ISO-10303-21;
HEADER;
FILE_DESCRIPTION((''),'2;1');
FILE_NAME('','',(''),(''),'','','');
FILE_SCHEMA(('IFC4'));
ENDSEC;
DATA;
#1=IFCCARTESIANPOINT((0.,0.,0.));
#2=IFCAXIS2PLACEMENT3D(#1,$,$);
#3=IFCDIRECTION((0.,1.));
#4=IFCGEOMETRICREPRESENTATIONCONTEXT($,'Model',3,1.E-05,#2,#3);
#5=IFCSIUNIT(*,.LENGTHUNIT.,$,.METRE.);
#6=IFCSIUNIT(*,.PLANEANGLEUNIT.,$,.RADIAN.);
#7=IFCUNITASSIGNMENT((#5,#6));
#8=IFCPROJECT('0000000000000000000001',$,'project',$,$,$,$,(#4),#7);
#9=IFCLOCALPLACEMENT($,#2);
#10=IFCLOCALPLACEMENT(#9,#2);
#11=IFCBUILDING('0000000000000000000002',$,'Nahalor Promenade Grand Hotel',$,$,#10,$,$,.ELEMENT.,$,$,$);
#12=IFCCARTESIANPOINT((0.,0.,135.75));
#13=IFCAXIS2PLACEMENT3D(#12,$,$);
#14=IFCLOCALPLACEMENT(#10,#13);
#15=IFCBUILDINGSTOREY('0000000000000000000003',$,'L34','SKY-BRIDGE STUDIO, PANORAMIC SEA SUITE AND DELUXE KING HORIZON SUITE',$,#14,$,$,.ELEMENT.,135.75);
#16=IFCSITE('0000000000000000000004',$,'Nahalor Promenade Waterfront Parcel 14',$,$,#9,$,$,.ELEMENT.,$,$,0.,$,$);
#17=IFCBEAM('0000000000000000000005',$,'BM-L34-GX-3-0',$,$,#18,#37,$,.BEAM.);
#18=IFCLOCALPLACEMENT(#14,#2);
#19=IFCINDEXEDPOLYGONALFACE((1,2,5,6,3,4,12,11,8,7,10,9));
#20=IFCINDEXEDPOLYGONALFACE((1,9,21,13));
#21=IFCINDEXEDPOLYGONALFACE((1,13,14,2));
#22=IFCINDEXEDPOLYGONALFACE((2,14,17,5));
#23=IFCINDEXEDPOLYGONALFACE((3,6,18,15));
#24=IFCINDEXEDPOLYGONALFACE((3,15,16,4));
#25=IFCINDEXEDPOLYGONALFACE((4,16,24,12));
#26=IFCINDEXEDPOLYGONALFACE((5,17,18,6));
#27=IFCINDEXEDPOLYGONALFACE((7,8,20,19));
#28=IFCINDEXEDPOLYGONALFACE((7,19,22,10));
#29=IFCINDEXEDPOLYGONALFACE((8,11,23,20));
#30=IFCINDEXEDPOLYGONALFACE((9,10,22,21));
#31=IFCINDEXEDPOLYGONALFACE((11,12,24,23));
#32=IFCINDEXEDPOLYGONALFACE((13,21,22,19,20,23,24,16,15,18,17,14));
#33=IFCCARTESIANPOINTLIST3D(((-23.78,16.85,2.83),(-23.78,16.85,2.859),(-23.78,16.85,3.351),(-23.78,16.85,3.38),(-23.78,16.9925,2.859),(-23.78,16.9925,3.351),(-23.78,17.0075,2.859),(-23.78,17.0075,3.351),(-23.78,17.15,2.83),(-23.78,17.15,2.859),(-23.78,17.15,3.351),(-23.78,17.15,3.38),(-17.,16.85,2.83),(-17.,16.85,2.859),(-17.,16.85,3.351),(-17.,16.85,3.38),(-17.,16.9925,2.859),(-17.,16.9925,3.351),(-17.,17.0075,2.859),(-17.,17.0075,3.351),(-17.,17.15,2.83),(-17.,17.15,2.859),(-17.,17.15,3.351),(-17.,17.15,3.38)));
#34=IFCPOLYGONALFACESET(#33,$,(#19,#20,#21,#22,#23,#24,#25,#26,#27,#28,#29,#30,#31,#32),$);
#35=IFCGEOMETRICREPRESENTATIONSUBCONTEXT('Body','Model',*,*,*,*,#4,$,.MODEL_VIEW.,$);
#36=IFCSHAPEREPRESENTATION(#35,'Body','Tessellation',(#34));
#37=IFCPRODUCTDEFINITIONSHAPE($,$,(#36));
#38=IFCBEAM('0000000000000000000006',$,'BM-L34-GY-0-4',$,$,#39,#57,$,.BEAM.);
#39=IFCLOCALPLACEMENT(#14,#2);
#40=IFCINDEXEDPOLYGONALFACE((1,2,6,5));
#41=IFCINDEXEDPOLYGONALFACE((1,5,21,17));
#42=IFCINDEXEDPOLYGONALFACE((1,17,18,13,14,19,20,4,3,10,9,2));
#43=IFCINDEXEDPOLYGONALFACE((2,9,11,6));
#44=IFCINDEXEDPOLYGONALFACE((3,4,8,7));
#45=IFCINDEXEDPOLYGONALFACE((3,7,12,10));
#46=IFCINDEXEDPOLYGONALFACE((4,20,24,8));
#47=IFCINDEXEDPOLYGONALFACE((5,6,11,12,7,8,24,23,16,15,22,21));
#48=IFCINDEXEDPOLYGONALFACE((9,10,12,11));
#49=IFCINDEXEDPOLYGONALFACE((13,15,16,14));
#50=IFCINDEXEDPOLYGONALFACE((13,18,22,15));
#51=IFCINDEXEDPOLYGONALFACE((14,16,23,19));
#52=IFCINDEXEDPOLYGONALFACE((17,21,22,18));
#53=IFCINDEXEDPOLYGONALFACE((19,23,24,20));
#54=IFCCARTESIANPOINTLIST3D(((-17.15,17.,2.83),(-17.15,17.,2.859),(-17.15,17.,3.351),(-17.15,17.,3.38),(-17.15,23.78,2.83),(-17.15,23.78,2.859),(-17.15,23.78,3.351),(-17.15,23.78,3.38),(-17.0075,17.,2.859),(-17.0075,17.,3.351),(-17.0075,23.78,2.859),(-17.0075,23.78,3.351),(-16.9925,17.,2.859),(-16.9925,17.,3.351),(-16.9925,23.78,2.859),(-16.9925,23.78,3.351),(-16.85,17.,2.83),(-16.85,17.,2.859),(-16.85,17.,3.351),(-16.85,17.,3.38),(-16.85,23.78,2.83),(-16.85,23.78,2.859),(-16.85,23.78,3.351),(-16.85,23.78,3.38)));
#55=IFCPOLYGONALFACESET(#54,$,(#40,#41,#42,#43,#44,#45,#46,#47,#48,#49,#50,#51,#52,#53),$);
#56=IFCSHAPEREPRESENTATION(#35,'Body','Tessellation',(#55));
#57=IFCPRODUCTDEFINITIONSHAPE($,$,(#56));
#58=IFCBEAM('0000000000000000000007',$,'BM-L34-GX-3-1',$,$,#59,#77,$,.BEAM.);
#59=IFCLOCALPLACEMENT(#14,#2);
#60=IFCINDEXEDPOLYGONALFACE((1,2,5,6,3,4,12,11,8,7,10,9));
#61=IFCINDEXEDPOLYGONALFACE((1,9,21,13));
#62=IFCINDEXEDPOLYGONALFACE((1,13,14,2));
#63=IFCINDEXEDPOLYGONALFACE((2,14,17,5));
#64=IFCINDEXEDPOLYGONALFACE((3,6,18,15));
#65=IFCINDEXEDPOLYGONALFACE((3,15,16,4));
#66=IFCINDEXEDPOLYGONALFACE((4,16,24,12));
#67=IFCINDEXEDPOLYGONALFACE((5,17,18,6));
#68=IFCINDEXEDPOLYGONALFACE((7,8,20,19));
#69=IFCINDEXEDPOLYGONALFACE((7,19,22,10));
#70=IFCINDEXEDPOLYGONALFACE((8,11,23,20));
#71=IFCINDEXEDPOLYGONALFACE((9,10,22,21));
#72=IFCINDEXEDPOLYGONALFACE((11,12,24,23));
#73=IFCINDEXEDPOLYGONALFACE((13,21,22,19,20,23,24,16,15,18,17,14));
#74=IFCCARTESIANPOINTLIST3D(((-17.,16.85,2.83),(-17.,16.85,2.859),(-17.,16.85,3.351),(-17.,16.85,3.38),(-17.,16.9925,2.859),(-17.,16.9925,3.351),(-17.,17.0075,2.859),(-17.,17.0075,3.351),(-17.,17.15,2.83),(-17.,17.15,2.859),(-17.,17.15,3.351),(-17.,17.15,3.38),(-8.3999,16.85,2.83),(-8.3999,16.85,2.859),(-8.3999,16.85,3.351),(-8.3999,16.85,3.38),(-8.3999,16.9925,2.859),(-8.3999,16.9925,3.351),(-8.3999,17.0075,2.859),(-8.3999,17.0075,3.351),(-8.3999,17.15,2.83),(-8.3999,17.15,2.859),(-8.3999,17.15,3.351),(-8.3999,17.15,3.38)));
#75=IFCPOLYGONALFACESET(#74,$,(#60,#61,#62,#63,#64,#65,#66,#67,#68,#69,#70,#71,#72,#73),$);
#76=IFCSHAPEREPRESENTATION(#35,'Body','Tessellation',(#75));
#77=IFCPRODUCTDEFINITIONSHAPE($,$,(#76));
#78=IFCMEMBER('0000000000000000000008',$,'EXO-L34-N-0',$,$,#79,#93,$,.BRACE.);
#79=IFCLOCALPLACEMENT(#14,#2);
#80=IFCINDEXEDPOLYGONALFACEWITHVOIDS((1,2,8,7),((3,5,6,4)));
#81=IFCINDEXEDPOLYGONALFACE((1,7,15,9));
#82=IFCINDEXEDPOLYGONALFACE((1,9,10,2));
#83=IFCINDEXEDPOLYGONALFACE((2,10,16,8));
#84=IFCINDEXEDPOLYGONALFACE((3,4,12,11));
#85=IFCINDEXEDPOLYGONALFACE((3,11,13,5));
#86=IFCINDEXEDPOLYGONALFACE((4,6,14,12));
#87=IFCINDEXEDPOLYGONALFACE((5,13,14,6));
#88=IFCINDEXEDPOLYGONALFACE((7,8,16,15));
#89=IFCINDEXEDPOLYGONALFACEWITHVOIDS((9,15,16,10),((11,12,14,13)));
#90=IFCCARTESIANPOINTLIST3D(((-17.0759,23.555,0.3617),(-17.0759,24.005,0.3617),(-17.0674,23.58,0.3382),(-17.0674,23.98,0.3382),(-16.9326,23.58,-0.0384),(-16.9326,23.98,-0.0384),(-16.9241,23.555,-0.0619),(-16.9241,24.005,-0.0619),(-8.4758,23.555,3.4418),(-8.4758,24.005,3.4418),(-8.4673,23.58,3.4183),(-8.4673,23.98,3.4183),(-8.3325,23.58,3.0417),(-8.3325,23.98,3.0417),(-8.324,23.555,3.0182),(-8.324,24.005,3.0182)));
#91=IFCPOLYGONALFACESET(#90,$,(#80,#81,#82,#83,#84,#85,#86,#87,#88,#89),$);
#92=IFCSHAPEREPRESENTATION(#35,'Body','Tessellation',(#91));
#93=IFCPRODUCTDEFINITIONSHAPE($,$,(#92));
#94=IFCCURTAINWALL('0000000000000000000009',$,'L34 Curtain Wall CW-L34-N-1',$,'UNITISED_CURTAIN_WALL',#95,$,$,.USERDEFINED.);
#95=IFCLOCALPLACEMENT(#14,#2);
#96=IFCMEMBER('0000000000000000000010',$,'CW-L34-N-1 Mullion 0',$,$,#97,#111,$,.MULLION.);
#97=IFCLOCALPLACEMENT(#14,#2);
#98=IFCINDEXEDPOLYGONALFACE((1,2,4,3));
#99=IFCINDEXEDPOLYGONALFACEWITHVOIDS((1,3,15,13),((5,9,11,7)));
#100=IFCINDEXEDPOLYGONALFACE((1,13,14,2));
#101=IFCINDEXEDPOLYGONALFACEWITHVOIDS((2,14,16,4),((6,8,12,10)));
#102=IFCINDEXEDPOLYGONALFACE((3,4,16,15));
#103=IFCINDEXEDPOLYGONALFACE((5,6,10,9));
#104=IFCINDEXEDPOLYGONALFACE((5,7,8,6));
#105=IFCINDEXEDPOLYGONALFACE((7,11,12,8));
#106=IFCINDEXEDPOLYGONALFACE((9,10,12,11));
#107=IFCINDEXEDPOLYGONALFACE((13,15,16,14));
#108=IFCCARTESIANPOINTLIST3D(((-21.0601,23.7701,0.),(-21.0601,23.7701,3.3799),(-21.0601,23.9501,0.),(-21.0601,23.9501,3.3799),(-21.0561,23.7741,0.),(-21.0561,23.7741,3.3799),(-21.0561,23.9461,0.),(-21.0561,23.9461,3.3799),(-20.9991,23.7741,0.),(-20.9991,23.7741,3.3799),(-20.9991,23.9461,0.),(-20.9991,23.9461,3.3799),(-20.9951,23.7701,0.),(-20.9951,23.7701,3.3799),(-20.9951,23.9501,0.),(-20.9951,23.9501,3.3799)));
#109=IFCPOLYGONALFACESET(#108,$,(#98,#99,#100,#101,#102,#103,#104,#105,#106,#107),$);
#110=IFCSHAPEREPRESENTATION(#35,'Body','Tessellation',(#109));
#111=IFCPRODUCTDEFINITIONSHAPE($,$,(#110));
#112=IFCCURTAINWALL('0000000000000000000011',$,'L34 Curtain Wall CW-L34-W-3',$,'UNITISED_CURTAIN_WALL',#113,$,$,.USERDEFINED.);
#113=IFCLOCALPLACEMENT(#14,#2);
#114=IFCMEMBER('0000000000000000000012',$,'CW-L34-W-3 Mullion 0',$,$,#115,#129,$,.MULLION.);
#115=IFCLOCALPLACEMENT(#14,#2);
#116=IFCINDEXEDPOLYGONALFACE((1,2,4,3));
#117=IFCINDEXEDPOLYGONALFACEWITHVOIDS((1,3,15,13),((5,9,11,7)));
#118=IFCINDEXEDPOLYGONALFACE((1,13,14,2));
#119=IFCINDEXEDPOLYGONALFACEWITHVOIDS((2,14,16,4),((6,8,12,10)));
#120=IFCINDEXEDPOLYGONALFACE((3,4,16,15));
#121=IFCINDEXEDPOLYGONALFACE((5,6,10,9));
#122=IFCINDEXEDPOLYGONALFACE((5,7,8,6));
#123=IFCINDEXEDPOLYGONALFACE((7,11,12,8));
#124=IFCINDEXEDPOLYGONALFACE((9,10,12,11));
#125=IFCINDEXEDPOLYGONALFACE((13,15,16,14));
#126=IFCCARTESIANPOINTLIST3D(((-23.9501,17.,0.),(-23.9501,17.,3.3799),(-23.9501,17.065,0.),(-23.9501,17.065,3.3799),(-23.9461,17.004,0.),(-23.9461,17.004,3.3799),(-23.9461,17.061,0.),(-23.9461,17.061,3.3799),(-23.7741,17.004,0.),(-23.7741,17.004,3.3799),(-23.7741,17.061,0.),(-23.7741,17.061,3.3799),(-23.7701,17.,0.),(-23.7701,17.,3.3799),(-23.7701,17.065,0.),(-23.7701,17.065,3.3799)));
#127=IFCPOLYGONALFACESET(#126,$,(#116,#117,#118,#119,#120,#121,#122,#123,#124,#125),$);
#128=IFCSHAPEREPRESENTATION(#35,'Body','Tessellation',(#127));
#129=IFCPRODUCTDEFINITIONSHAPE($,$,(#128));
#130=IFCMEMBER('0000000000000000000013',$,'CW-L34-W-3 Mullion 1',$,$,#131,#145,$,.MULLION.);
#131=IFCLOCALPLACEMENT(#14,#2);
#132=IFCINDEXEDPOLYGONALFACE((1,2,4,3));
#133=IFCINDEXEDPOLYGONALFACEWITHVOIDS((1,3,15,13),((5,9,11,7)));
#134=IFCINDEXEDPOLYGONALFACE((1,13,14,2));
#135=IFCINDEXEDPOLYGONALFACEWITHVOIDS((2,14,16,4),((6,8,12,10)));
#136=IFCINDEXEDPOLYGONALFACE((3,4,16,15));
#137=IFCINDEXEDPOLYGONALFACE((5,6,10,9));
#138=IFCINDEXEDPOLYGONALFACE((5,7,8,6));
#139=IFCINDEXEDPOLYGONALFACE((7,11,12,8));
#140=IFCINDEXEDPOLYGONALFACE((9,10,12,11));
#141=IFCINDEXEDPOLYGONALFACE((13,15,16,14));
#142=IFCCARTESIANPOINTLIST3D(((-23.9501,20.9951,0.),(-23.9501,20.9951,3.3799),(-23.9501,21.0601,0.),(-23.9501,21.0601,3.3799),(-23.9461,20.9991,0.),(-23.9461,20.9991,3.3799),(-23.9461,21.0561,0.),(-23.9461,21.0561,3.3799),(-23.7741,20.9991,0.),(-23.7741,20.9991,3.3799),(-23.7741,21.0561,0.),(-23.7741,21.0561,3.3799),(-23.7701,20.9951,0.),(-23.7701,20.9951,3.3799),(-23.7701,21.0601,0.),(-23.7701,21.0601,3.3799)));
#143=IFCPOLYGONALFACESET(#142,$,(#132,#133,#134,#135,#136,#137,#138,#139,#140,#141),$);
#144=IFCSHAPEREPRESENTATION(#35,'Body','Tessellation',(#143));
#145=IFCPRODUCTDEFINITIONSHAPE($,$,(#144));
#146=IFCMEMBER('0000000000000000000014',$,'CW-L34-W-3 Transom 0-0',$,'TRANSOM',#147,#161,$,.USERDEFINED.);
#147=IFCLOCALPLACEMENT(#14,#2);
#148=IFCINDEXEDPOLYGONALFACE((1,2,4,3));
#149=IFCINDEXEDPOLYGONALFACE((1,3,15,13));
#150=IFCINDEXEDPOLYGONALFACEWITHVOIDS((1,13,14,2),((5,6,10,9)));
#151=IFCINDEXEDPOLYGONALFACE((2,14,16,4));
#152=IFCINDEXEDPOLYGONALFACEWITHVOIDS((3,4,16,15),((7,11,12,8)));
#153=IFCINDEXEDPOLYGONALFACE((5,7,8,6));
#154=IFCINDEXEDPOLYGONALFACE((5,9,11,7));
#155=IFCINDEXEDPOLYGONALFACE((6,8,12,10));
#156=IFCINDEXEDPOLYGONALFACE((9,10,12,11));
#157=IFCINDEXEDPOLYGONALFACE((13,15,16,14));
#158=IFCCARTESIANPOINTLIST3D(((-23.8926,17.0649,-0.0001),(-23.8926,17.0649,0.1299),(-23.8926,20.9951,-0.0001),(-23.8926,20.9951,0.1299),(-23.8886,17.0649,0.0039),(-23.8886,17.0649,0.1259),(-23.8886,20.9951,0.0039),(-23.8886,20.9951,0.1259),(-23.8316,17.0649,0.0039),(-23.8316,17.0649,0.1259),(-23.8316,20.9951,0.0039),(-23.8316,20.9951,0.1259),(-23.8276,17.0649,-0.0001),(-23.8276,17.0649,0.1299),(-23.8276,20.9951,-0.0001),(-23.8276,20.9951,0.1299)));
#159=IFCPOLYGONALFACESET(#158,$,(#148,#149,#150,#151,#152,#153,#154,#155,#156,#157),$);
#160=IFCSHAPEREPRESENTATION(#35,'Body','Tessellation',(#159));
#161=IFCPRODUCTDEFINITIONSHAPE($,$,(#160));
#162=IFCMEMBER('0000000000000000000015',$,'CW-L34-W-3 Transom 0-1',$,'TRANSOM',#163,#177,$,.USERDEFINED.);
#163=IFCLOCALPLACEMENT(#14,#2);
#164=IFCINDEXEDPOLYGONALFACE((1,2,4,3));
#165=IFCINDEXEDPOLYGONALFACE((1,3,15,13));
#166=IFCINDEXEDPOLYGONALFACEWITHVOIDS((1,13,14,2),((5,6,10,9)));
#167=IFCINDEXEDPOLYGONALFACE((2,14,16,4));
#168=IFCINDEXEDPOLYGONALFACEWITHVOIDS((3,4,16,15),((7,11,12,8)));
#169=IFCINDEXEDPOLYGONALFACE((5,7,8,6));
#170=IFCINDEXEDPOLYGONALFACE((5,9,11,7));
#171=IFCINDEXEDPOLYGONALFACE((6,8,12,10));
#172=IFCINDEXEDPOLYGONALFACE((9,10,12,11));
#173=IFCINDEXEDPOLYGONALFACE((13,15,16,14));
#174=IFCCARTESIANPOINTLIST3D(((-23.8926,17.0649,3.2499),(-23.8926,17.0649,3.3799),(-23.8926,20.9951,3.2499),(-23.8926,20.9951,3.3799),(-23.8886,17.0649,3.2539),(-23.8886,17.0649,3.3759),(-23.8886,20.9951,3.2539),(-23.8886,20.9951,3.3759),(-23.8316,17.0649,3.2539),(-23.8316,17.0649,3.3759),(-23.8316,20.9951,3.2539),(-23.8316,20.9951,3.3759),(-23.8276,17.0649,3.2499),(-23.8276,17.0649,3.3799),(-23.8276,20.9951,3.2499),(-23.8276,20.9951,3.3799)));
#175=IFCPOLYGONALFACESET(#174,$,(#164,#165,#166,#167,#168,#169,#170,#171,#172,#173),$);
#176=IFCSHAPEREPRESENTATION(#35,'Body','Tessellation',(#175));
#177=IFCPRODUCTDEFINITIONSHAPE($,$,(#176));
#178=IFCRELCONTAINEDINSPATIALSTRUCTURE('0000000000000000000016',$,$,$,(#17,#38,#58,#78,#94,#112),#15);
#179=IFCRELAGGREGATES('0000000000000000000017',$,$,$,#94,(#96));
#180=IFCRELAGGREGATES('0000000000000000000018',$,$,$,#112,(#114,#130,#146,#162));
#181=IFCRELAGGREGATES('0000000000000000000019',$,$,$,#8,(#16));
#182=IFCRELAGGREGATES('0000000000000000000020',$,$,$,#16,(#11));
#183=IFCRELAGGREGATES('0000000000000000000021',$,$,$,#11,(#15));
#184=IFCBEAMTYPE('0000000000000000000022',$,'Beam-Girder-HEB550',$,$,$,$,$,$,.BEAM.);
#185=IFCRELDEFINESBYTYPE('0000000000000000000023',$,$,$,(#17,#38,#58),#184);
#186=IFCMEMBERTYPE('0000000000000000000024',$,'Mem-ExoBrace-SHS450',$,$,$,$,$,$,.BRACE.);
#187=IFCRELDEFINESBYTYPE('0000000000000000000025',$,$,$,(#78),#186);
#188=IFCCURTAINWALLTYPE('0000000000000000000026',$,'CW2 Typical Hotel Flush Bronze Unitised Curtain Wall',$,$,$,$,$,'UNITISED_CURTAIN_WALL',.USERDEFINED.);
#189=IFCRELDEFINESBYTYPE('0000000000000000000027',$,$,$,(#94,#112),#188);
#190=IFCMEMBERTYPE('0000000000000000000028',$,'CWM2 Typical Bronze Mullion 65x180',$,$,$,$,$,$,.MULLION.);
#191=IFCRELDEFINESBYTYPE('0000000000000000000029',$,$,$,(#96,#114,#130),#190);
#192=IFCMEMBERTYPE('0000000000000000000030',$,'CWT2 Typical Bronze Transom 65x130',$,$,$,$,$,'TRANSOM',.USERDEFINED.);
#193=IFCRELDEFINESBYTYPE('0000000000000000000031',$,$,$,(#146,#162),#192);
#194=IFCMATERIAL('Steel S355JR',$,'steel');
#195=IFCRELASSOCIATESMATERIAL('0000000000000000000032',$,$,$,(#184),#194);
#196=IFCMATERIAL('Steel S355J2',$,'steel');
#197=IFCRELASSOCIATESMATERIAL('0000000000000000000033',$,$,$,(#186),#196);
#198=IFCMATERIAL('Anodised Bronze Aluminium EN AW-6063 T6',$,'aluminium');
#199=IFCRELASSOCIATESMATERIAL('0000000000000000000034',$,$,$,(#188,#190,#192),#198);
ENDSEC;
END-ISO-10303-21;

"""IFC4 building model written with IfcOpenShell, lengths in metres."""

from ifc_helpers import new_model, si_unit, direction, frame, origin, origin_2d, place, context, subcontext, project, spatial, hollow_rectangle, i_section, extrude, source, transform, mapped, material, material_profile, profile_set, type_object, element, aggregate, save


model = new_model("IFC4")

# Units and contexts
model_context = context("Model", 3, precision=1e-05, world=origin(), true_north=direction((0.0, 1.0)))
body_context = subcontext(model_context, "Body", "Model", "MODEL_VIEW")
ifc_project = project(units=[si_unit("LENGTHUNIT", "METRE"), si_unit("PLANEANGLEUNIT", "RADIAN")], contexts=[model_context])

# Site, building, storey
site_placement = place(None, origin())
site = spatial("IfcSite", under=ifc_project, at=site_placement, Name="Nahalor Promenade Waterfront Parcel 14", CompositionType="ELEMENT", RefElevation=0.0)
building_placement = place(site_placement, origin())
building = spatial("IfcBuilding", under=site, at=building_placement, Name="Nahalor Promenade Grand Hotel", CompositionType="ELEMENT")
storey_placement = place(building_placement, frame((0.0, 0.0, 135.75)))
storey = spatial("IfcBuildingStorey", under=building, at=storey_placement, Name="L34", Description="SKY-BRIDGE STUDIO, PANORAMIC SEA SUITE AND DELUXE KING HORIZON SUITE", CompositionType="ELEMENT", Elevation=135.75)

# Shared definitions
ifc_material_1 = material(Name="Steel S355J2", Category="steel")

# Beams
ifc_material_2 = material(Name="Steel S355JR", Category="steel")
ifc_material_profile_1 = material_profile(ifc_material_2, i_section(OverallWidth=0.3, OverallDepth=0.55, WebThickness=0.015, FlangeThickness=0.029, at=origin_2d()), Name="HEB 550")
ifc_profile_set_1 = profile_set([ifc_material_profile_1], Name="Steel S355JR")
beam_type_1 = type_object("IfcBeamType", Name="Beam-Girder-HEB550", PredefinedType="BEAM", material=ifc_profile_set_1)
shared_shape_1 = source(origin(), body_context, "Body", "SweptSolid", [
    extrude(i_section(OverallWidth=0.3, OverallDepth=0.55, WebThickness=0.015, FlangeThickness=0.029, at=origin_2d()), origin(), (0.0, 0.0, 1.0), 6.78),
])
for number, where, z_axis, x_axis, name in (
    (1, (-23.78, 17.0, 3.105), (1.0, 0.0, 0.0), (0.0, 1.0, 0.0), "BM-L34-GX-3-0"),
    (2, (-17.0, 17.0, 3.105), (0.0, 1.0, 0.0), (-1.0, 0.0, 0.0), "BM-L34-GY-0-4"),
):
    element("IfcBeam", number, at=place(storey_placement, frame(where, z_axis=z_axis, x_axis=x_axis)), inside=storey, type_object=beam_type_1, Name=name, PredefinedType="BEAM", context=body_context, shape_type="MappedRepresentation", body=[
        mapped(shared_shape_1, transform((0.0, 0.0, 0.0), scale=1.0)),
    ])
shared_shape_2 = source(origin(), body_context, "Body", "SweptSolid", [
    extrude(i_section(OverallWidth=0.3, OverallDepth=0.55, WebThickness=0.015, FlangeThickness=0.029, at=origin_2d()), origin(), (0.0, 0.0, 1.0), 8.6001),
])
beam_1_placement = place(storey_placement, frame((-17.0, 17.0, 3.105), z_axis=(1.0, 0.0, 0.0), x_axis=(0.0, 1.0, 0.0)))
element("IfcBeam", 3, at=beam_1_placement, inside=storey, type_object=beam_type_1, Name="BM-L34-GX-3-1", PredefinedType="BEAM", context=body_context, shape_type="MappedRepresentation", body=[
    mapped(shared_shape_2, transform((0.0, 0.0, 0.0), scale=1.0)),
])

# Member
ifc_material_profile_2 = material_profile(ifc_material_1, hollow_rectangle(XDim=0.45, YDim=0.45, WallThickness=0.025, at=origin_2d()), Name="SHS 450x450x25")
ifc_profile_set_2 = profile_set([ifc_material_profile_2], Name="Steel S355J2")
member_type_1 = type_object("IfcMemberType", Name="Mem-ExoBrace-SHS450", PredefinedType="BRACE", material=ifc_profile_set_2)
shared_shape_3 = source(origin(), body_context, "Body", "SweptSolid", [
    extrude(hollow_rectangle(XDim=0.45, YDim=0.45, WallThickness=0.025, at=origin_2d()), origin(), (0.0, 0.0, 1.0), 9.135),
])
member_1_placement = place(storey_placement, frame((-17.0, 23.78, 0.1499), z_axis=(0.941443, 0.0, 0.337173), x_axis=(0.0, 1.0, 0.0)))
element("IfcMember", 4, at=member_1_placement, inside=storey, type_object=member_type_1, Name="EXO-L34-N-0", PredefinedType="BRACE", context=body_context, shape_type="MappedRepresentation", body=[
    mapped(shared_shape_3, transform((0.0, 0.0, 0.0), scale=1.0)),
])

# Curtain wall, member
ifc_material_3 = material(Name="Anodised Bronze Aluminium EN AW-6063 T6", Category="aluminium")
curtain_wall_type = type_object("IfcCurtainWallType", Name="CW2 Typical Hotel Flush Bronze Unitised Curtain Wall", ElementType="UNITISED_CURTAIN_WALL", PredefinedType="USERDEFINED", material=ifc_material_3)
curtain_wall_1_placement = place(storey_placement, origin())
curtain_wall_1 = element("IfcCurtainWall", 5, at=curtain_wall_1_placement, inside=storey, type_object=curtain_wall_type, Name="L34 Curtain Wall CW-L34-N-1", ObjectType="UNITISED_CURTAIN_WALL", PredefinedType="USERDEFINED")
ifc_material_profile_3 = material_profile(ifc_material_3, hollow_rectangle(XDim=0.065, YDim=0.18, WallThickness=0.004, at=origin_2d()), Name="CWM 65x180x4")
ifc_profile_set_3 = profile_set([ifc_material_profile_3], Name="Anodised Bronze Aluminium EN AW-6063 T6")
member_type_2 = type_object("IfcMemberType", Name="CWM2 Typical Bronze Mullion 65x180", PredefinedType="MULLION", material=ifc_profile_set_3)
shared_shape_4 = source(origin(), body_context, "Body", "SweptSolid", [
    extrude(hollow_rectangle(XDim=0.065, YDim=0.18, WallThickness=0.004, at=origin_2d()), origin(), (0.0, 0.0, 1.0), 3.3799),
])
member_2_placement = place(storey_placement, frame((-21.0276, 23.8601, 0.0), z_axis=(0.0, 0.0, 1.0), x_axis=(1.0, 0.0, 0.0)))
member_2 = element("IfcMember", 6, at=member_2_placement, type_object=member_type_2, Name="CW-L34-N-1 Mullion 0", PredefinedType="MULLION", context=body_context, shape_type="MappedRepresentation", body=[
    mapped(shared_shape_4, transform((0.0, 0.0, 0.0), scale=1.0)),
])

# Curtain wall, members
curtain_wall_2_placement = place(storey_placement, origin())
curtain_wall_2 = element("IfcCurtainWall", 7, at=curtain_wall_2_placement, inside=storey, type_object=curtain_wall_type, Name="L34 Curtain Wall CW-L34-W-3", ObjectType="UNITISED_CURTAIN_WALL", PredefinedType="USERDEFINED")
member_3_placement = place(storey_placement, frame((-23.8601, 17.0325, 0.0), z_axis=(0.0, 0.0, 1.0), x_axis=(0.0, 1.0, 0.0)))
member_3 = element("IfcMember", 8, at=member_3_placement, type_object=member_type_2, Name="CW-L34-W-3 Mullion 0", PredefinedType="MULLION", context=body_context, shape_type="MappedRepresentation", body=[
    mapped(shared_shape_4, transform((0.0, 0.0, 0.0), scale=1.0)),
])
member_4_placement = place(storey_placement, frame((-23.8601, 21.0276, 0.0), z_axis=(0.0, 0.0, 1.0), x_axis=(0.0, 1.0, 0.0)))
member_4 = element("IfcMember", 9, at=member_4_placement, type_object=member_type_2, Name="CW-L34-W-3 Mullion 1", PredefinedType="MULLION", context=body_context, shape_type="MappedRepresentation", body=[
    mapped(shared_shape_4, transform((0.0, 0.0, 0.0), scale=1.0)),
])
ifc_material_profile_4 = material_profile(ifc_material_3, hollow_rectangle(XDim=0.065, YDim=0.13, WallThickness=0.004, at=origin_2d()), Name="CWT 65x130x4")
ifc_profile_set_4 = profile_set([ifc_material_profile_4], Name="Anodised Bronze Aluminium EN AW-6063 T6")
member_type_3 = type_object("IfcMemberType", Name="CWT2 Typical Bronze Transom 65x130", ElementType="TRANSOM", PredefinedType="USERDEFINED", material=ifc_profile_set_4)
shared_shape_5 = source(origin(), body_context, "Body", "SweptSolid", [
    extrude(hollow_rectangle(XDim=0.065, YDim=0.13, WallThickness=0.004, at=origin_2d()), origin(), (0.0, 0.0, 1.0), 3.9302),
])
member_5_placement = place(storey_placement, frame((-23.8601, 17.0649, 0.0649), z_axis=(0.0, 1.0, 0.0), x_axis=(-1.0, 0.0, 0.0)))
member_5 = element("IfcMember", 10, at=member_5_placement, type_object=member_type_3, Name="CW-L34-W-3 Transom 0-0", ObjectType="TRANSOM", PredefinedType="USERDEFINED", context=body_context, shape_type="MappedRepresentation", body=[
    mapped(shared_shape_5, transform((0.0, 0.0, 0.0), scale=1.0)),
])
member_6_placement = place(storey_placement, frame((-23.8601, 17.0649, 3.3149), z_axis=(0.0, 1.0, 0.0), x_axis=(-1.0, 0.0, 0.0)))
member_6 = element("IfcMember", 11, at=member_6_placement, type_object=member_type_3, Name="CW-L34-W-3 Transom 0-1", ObjectType="TRANSOM", PredefinedType="USERDEFINED", context=body_context, shape_type="MappedRepresentation", body=[
    mapped(shared_shape_5, transform((0.0, 0.0, 0.0), scale=1.0)),
])

aggregate(curtain_wall_1, [member_2])

aggregate(curtain_wall_2, [member_3, member_4, member_5, member_6])

save(model, "model.ifc")
